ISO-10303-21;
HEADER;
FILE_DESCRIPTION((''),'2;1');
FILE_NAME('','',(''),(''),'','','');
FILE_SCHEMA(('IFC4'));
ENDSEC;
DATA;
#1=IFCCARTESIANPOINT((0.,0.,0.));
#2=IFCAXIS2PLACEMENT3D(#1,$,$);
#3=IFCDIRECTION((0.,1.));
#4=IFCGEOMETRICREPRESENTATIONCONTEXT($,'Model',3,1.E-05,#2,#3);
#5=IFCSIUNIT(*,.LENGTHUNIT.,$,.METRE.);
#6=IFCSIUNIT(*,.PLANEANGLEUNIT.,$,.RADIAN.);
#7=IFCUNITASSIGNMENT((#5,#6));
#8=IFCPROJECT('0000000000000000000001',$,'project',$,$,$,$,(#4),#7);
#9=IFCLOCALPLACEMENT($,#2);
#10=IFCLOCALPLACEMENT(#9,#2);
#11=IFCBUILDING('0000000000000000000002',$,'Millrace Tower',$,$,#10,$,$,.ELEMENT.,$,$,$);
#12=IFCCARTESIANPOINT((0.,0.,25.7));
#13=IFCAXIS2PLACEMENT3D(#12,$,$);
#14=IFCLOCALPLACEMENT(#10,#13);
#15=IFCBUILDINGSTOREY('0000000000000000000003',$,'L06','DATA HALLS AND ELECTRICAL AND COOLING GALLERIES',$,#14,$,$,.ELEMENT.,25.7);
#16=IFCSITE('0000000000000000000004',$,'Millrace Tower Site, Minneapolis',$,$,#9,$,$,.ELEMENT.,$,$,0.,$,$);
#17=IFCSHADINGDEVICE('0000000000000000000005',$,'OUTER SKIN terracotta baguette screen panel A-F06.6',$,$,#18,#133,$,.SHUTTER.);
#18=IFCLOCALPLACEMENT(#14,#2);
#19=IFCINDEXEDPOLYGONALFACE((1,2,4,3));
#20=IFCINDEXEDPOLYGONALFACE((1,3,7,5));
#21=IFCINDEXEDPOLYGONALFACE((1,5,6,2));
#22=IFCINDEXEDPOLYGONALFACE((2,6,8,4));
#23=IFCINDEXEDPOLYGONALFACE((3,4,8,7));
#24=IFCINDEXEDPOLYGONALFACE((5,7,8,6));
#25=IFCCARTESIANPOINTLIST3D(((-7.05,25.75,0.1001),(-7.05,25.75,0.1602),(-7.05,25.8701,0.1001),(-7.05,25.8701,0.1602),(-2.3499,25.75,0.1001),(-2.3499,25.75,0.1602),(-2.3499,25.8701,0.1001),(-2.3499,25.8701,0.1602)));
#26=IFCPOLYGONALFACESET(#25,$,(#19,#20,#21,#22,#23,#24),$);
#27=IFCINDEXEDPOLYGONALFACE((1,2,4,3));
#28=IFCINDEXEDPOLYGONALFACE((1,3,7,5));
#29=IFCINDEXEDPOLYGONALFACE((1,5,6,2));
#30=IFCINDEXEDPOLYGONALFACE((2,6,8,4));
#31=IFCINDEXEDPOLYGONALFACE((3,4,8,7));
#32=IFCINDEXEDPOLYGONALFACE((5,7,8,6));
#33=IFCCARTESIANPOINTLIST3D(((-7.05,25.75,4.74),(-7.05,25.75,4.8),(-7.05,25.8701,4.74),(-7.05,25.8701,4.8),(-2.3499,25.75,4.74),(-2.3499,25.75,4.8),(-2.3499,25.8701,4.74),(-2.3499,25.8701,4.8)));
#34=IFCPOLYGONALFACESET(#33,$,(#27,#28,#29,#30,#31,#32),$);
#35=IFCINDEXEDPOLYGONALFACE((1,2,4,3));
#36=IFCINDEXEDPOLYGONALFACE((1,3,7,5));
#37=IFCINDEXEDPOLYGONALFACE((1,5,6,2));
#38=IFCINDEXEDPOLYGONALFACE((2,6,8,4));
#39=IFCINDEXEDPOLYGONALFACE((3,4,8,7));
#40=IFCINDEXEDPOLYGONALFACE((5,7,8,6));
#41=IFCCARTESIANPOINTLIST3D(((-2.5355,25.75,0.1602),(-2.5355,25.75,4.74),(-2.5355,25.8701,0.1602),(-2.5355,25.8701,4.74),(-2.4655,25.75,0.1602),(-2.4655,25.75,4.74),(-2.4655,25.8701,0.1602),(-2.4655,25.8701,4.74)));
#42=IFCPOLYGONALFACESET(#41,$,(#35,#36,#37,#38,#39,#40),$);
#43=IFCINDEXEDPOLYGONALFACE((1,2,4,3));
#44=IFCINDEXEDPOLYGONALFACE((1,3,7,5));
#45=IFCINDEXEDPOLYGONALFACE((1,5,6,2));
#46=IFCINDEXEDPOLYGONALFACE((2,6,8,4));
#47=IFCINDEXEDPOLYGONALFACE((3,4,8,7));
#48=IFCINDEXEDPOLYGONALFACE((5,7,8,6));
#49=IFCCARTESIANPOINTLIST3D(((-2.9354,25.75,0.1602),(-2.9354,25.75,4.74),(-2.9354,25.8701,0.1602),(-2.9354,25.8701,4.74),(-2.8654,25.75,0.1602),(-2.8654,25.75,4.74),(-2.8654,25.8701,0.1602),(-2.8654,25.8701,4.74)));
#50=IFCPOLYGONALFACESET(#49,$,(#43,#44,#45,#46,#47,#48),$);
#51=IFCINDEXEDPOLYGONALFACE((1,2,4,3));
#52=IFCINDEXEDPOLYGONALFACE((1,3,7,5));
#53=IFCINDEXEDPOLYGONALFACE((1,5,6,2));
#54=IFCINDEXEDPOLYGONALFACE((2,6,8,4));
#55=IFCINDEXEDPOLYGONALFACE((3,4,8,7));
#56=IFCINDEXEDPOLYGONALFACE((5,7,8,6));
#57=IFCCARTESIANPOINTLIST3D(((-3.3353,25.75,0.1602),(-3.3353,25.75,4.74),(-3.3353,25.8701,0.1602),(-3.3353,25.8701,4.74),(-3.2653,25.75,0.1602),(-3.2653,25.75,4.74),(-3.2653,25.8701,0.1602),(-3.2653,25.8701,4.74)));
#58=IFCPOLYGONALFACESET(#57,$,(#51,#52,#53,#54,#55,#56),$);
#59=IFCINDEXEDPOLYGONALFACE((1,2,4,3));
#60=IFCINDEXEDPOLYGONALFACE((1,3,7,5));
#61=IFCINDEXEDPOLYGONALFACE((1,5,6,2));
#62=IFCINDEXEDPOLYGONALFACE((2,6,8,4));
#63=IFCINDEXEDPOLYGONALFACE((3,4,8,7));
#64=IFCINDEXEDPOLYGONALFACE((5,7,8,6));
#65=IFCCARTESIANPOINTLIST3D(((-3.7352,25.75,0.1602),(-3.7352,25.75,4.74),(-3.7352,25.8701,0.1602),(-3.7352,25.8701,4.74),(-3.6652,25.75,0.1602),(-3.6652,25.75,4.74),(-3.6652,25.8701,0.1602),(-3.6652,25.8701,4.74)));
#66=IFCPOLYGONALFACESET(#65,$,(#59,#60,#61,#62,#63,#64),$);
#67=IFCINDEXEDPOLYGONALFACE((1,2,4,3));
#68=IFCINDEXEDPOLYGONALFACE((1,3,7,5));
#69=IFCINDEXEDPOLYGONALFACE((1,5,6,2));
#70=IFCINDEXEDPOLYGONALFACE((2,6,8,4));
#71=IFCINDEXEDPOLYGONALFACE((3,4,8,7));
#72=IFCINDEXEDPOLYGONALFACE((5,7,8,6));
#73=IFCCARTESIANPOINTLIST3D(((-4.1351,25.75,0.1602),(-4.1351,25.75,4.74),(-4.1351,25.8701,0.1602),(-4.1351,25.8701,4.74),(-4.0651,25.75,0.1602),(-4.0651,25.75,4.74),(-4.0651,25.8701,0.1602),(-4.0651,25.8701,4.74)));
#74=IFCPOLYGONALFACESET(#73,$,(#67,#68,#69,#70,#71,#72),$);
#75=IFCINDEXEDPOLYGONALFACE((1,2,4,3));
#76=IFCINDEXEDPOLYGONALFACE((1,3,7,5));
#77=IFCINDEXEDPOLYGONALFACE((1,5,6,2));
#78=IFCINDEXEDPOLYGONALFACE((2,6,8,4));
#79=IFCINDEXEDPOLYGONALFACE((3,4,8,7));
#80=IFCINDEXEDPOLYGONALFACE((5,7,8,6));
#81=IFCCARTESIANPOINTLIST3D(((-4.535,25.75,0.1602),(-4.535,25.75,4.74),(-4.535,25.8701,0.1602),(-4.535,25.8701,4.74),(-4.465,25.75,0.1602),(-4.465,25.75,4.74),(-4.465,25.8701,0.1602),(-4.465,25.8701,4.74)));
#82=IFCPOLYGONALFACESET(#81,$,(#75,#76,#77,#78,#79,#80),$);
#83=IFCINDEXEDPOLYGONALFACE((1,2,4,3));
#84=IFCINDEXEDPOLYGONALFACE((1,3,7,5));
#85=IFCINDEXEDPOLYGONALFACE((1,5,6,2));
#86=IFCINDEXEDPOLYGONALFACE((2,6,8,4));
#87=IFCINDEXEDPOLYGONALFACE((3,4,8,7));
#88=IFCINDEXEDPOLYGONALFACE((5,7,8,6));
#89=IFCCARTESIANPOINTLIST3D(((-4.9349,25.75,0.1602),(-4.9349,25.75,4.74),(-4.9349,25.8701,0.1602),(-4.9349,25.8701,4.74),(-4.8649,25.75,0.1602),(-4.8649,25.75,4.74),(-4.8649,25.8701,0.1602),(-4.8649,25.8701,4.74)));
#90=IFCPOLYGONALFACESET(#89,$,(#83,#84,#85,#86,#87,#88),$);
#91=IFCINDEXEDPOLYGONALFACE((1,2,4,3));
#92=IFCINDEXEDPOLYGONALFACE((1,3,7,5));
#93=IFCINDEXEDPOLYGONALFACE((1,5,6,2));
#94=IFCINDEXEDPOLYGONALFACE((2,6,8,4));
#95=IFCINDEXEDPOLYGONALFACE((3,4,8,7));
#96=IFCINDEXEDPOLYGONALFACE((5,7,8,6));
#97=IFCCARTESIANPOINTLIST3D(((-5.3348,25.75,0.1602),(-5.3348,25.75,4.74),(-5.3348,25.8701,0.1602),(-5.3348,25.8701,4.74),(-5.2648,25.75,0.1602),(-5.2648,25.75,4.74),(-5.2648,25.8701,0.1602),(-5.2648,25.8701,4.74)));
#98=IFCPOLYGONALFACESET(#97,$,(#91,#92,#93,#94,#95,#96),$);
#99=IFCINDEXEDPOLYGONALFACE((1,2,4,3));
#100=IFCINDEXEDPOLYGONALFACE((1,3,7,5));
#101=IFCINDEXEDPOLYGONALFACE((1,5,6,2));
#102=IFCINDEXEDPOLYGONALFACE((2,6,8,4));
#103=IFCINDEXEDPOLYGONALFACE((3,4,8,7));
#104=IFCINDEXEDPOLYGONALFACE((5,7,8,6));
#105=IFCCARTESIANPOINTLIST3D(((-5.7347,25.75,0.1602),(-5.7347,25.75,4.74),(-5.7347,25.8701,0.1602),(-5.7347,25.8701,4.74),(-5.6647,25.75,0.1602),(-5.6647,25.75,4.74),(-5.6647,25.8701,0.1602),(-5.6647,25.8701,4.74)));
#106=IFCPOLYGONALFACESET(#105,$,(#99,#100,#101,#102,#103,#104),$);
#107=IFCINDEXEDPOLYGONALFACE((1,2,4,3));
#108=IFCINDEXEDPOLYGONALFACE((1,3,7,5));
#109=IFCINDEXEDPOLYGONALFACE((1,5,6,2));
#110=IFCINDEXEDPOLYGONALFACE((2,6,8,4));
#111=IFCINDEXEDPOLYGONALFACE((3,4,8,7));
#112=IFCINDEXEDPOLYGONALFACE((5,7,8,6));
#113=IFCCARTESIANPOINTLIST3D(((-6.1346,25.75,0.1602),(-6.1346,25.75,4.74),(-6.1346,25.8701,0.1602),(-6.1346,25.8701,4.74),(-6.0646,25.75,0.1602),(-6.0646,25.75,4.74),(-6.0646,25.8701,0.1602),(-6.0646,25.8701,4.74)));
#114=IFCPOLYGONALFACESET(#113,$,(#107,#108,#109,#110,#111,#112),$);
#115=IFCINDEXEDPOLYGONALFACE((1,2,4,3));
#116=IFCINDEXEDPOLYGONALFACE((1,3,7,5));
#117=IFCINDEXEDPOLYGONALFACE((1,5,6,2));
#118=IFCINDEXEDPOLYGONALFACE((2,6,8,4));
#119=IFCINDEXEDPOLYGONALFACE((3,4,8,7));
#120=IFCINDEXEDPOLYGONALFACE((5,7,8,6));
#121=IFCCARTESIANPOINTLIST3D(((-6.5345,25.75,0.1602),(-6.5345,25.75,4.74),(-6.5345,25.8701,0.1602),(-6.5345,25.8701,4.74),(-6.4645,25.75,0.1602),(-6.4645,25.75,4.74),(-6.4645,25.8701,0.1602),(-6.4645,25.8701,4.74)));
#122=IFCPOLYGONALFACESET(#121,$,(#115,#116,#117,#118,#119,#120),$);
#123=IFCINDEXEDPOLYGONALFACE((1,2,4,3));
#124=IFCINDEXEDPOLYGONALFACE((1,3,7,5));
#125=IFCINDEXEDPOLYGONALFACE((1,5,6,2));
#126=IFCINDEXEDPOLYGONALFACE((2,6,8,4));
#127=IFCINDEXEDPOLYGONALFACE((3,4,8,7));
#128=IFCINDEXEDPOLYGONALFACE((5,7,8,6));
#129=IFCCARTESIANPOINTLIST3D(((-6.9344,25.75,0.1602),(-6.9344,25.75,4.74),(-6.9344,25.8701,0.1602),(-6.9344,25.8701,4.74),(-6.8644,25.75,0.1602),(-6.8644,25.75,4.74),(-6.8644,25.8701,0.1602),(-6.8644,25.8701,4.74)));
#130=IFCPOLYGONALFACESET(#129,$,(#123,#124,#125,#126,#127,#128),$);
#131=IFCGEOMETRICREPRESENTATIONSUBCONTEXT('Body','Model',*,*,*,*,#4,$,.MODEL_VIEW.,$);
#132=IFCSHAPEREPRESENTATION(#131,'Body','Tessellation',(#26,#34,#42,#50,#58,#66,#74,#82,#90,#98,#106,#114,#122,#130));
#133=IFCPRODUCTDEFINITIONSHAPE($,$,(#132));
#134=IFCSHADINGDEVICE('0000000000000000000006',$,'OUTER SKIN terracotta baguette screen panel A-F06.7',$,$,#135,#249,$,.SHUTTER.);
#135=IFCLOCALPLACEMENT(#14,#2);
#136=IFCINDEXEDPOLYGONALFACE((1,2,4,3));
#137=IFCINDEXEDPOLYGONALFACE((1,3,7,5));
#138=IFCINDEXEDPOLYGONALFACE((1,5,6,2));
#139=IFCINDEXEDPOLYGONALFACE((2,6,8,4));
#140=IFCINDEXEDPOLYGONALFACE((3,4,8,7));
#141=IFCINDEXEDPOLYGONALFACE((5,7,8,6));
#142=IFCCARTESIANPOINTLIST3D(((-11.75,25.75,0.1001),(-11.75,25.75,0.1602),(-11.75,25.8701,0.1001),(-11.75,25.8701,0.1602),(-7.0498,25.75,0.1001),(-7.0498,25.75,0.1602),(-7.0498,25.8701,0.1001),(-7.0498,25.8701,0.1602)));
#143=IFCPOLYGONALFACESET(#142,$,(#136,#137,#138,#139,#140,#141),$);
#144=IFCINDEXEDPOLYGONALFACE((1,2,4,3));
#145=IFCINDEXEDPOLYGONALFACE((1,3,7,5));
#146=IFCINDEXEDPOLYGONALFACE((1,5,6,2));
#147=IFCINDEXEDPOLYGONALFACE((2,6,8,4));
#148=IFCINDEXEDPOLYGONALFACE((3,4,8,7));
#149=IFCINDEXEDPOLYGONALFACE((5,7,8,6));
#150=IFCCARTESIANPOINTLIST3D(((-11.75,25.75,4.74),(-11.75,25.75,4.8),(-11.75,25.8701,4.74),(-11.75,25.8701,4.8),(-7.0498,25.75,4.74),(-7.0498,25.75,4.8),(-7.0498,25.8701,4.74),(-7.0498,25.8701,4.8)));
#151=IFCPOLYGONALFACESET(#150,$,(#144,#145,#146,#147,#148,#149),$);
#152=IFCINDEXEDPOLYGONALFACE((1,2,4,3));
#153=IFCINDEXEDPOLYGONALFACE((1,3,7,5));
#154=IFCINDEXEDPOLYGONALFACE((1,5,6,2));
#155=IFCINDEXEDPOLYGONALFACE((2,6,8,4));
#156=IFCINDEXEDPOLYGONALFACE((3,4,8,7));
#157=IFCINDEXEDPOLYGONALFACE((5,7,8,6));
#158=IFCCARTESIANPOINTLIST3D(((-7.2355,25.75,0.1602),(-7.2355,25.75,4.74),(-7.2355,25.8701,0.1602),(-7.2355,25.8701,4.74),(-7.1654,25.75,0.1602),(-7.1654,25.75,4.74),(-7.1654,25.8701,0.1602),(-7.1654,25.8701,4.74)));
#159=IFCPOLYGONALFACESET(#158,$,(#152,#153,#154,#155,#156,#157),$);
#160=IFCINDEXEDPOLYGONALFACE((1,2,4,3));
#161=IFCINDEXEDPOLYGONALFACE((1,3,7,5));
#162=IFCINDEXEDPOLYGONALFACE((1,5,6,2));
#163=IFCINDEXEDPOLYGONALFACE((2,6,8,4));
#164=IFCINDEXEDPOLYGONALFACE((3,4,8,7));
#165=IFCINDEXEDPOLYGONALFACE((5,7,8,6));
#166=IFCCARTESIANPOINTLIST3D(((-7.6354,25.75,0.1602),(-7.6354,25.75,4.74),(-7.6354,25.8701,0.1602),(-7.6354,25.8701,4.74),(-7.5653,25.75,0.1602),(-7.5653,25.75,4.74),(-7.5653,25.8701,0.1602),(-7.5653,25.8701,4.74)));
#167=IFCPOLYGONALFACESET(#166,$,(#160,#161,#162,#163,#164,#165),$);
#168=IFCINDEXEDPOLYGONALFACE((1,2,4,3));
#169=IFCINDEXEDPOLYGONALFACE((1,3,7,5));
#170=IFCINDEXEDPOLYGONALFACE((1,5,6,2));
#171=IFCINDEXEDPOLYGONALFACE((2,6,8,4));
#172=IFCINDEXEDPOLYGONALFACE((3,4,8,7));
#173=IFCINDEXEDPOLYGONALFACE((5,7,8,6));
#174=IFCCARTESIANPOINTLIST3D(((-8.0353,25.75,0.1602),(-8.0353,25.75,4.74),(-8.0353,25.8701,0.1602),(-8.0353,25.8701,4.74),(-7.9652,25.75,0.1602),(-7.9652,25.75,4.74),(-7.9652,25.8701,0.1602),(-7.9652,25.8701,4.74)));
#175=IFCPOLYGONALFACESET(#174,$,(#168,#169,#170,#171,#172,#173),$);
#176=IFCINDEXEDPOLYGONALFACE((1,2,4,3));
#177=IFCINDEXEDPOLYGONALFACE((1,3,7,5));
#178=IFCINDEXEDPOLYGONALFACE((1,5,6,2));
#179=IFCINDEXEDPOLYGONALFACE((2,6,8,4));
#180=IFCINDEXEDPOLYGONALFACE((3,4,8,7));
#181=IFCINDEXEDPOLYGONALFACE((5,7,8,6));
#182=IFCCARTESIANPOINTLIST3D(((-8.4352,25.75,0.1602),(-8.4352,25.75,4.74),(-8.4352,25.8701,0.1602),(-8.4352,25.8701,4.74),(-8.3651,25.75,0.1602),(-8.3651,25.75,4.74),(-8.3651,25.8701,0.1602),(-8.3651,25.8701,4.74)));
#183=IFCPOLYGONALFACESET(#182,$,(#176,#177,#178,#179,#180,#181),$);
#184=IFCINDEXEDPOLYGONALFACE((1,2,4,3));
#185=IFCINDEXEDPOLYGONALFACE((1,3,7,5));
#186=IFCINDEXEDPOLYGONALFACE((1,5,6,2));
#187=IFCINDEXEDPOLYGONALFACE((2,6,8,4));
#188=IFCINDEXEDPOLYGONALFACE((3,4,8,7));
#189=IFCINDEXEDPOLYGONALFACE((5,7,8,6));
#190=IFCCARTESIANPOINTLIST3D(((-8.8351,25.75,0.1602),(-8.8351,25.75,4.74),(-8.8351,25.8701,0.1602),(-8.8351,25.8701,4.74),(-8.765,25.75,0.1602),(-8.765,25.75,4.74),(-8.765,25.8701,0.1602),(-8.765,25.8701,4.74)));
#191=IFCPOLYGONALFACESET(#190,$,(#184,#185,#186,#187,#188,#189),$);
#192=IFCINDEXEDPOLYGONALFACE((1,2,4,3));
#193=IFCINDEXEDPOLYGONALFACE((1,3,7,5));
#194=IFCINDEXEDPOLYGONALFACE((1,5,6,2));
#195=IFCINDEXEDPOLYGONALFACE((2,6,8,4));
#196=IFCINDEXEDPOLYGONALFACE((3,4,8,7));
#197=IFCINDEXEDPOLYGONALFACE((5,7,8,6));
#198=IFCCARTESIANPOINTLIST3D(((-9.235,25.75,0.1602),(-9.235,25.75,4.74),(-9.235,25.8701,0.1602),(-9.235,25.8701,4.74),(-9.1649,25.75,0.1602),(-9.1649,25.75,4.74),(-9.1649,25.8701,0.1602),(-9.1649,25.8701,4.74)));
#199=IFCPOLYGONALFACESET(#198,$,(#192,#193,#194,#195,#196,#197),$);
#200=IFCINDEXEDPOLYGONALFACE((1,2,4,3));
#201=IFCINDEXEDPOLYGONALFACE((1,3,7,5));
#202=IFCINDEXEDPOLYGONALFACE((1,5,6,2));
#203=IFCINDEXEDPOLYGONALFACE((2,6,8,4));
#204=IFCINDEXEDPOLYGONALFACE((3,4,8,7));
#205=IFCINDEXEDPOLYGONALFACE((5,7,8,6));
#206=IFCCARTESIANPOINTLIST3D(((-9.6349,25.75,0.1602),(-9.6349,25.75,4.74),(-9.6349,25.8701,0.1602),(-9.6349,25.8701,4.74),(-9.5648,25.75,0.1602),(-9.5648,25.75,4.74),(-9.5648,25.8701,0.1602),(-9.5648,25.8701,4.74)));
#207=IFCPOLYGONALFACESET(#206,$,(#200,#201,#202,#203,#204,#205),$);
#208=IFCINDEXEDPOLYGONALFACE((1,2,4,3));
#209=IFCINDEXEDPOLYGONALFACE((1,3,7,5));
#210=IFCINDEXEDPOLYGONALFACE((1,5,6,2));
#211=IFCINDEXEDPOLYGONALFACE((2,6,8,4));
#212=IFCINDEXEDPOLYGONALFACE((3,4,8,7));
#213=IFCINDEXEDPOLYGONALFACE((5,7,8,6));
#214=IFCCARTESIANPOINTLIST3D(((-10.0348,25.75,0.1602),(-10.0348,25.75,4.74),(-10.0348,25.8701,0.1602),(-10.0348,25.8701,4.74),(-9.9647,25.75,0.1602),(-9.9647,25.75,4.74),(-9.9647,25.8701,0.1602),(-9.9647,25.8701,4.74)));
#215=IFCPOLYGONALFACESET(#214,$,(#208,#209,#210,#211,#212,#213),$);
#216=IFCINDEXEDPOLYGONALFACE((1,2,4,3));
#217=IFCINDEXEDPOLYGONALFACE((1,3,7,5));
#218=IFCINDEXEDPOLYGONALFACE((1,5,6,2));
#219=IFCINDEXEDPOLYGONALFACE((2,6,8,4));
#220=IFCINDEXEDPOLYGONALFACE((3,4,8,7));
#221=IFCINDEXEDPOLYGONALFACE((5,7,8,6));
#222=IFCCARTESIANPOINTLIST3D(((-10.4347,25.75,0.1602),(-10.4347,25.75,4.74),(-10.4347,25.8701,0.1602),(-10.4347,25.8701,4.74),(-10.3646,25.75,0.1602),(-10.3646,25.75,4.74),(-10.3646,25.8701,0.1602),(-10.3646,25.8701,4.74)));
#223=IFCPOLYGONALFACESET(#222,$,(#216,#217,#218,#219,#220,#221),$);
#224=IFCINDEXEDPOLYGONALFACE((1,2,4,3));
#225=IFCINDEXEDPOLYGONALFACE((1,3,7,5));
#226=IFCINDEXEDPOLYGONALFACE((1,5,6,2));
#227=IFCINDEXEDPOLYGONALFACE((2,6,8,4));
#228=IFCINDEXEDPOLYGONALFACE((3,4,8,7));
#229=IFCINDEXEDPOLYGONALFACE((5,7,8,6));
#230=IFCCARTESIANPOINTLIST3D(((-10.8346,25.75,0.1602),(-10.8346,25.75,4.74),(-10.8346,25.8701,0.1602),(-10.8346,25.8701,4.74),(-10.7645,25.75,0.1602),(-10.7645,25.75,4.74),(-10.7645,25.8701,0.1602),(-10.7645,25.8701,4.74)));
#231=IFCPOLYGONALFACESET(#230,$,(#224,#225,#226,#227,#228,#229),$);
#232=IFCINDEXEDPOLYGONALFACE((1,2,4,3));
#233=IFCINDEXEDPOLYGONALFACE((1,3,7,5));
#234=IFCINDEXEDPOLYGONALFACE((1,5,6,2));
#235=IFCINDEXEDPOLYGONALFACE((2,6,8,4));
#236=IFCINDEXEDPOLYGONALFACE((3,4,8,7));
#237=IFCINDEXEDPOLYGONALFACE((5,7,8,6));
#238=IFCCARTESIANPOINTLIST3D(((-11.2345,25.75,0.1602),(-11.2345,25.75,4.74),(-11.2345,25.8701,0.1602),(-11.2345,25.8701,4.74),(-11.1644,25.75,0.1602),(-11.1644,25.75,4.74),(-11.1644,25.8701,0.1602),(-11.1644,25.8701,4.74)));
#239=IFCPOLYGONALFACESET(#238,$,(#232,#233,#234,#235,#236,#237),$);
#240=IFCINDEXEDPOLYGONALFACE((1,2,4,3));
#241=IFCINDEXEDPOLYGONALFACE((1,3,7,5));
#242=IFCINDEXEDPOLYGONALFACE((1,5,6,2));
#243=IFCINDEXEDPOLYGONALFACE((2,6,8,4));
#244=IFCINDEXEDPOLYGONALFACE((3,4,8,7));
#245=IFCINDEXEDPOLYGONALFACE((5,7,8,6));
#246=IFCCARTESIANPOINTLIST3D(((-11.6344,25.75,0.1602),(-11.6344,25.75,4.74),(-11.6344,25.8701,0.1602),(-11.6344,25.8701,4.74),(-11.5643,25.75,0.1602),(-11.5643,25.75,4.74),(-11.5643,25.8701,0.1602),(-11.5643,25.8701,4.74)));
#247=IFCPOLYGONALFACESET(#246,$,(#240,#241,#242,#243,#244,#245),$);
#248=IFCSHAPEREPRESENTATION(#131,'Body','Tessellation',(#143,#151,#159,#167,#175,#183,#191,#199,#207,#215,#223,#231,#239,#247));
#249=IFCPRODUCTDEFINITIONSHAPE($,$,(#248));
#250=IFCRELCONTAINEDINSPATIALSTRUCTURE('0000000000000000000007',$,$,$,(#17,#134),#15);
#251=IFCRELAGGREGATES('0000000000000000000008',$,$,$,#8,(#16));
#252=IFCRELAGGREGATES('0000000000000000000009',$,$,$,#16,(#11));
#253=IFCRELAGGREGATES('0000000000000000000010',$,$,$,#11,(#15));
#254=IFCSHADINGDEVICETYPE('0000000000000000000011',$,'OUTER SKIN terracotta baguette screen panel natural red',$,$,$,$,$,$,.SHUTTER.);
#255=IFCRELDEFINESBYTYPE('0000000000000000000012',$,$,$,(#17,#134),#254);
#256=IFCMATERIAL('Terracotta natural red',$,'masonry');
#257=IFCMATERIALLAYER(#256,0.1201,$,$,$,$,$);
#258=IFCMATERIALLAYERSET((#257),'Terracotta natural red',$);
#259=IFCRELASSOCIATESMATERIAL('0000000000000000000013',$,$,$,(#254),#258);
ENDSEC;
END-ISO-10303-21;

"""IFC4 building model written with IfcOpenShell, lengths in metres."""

from ifc_helpers import new_model, entity, si_unit, direction, frame, frame_2d, origin, place, context, subcontext, project, spatial, rectangle, extrude, source, transform, mapped, material, layer, layer_set, type_object, element, save


model = new_model("IFC4")

# Units and contexts
model_context = context("Model", 3, precision=1e-05, world=origin(), true_north=direction((0.0, 1.0)))
body_context = subcontext(model_context, "Body", "Model", "MODEL_VIEW")
ifc_project = project(units=[si_unit("LENGTHUNIT", "METRE"), si_unit("PLANEANGLEUNIT", "RADIAN")], contexts=[model_context])

# Site, building, storey
site_placement = place(None, origin())
site = spatial("IfcSite", under=ifc_project, at=site_placement, Name="Millrace Tower Site, Minneapolis", CompositionType="ELEMENT", RefElevation=0.0)
building_placement = place(site_placement, origin())
building = spatial("IfcBuilding", under=site, at=building_placement, Name="Millrace Tower", CompositionType="ELEMENT")
storey_placement = place(building_placement, frame((0.0, 0.0, 25.7)))
storey = spatial("IfcBuildingStorey", under=building, at=storey_placement, Name="L06", Description="DATA HALLS AND ELECTRICAL AND COOLING GALLERIES", CompositionType="ELEMENT", Elevation=25.7)

# Shading devices
ifc_material_1 = material(Name="Terracotta natural red", Category="masonry")
ifc_layer_1 = layer(ifc_material_1, 0.1201)
ifc_layer_set_1 = layer_set([ifc_layer_1], Name="Terracotta natural red")
shading_device_type = type_object("IfcShadingDeviceType", Name="OUTER SKIN terracotta baguette screen panel natural red", PredefinedType="SHUTTER", material=ifc_layer_set_1)
cartesian_point = entity("IfcCartesianPoint", [-2.3501, 0.0601])
shared_polyline = entity("IfcPolyline", [cartesian_point, entity("IfcCartesianPoint", [2.3501, 0.0601]), entity("IfcCartesianPoint", [2.3501, -0.0601]), entity("IfcCartesianPoint", [-2.3501, -0.0601]), cartesian_point])
shared_shape = source(origin(), body_context, "Body", "SweptSolid", [
    entity("IfcExtrudedAreaSolid", entity("IfcArbitraryClosedProfileDef", "AREA", None, shared_polyline), entity("IfcAxis2Placement3D", entity("IfcCartesianPoint", [0.0, 0.0, 0.0])), entity("IfcDirection", [0.0, 0.0, 1.0]), 0.0601),
    entity("IfcExtrudedAreaSolid", entity("IfcArbitraryClosedProfileDef", "AREA", None, shared_polyline), entity("IfcAxis2Placement3D", entity("IfcCartesianPoint", [0.0, 0.0, 4.6399])), entity("IfcDirection", [0.0, 0.0, 1.0]), 0.0601),
    extrude(rectangle(XDim=0.0701, YDim=0.1201, at=frame_2d((-2.1995, 0.0))), frame((0.0, 0.0, 0.0601)), (0.0, 0.0, 1.0), 4.5798),
    extrude(rectangle(XDim=0.0701, YDim=0.1201, at=frame_2d((-1.7996, 0.0))), frame((0.0, 0.0, 0.0601)), (0.0, 0.0, 1.0), 4.5798),
    extrude(rectangle(XDim=0.0701, YDim=0.1201, at=frame_2d((-1.3997, 0.0))), frame((0.0, 0.0, 0.0601)), (0.0, 0.0, 1.0), 4.5798),
    extrude(rectangle(XDim=0.0701, YDim=0.1201, at=frame_2d((-0.9998, 0.0))), frame((0.0, 0.0, 0.0601)), (0.0, 0.0, 1.0), 4.5798),
    extrude(rectangle(XDim=0.0701, YDim=0.1201, at=frame_2d((-0.5999, 0.0))), frame((0.0, 0.0, 0.0601)), (0.0, 0.0, 1.0), 4.5798),
    extrude(rectangle(XDim=0.0701, YDim=0.1201, at=frame_2d((-0.2, 0.0))), frame((0.0, 0.0, 0.0601)), (0.0, 0.0, 1.0), 4.5798),
    extrude(rectangle(XDim=0.0701, YDim=0.1201, at=frame_2d((0.2, 0.0))), frame((0.0, 0.0, 0.0601)), (0.0, 0.0, 1.0), 4.5798),
    extrude(rectangle(XDim=0.0701, YDim=0.1201, at=frame_2d((0.5999, 0.0))), frame((0.0, 0.0, 0.0601)), (0.0, 0.0, 1.0), 4.5798),
    extrude(rectangle(XDim=0.0701, YDim=0.1201, at=frame_2d((0.9998, 0.0))), frame((0.0, 0.0, 0.0601)), (0.0, 0.0, 1.0), 4.5798),
    extrude(rectangle(XDim=0.0701, YDim=0.1201, at=frame_2d((1.3997, 0.0))), frame((0.0, 0.0, 0.0601)), (0.0, 0.0, 1.0), 4.5798),
    extrude(rectangle(XDim=0.0701, YDim=0.1201, at=frame_2d((1.7996, 0.0))), frame((0.0, 0.0, 0.0601)), (0.0, 0.0, 1.0), 4.5798),
    extrude(rectangle(XDim=0.0701, YDim=0.1201, at=frame_2d((2.1995, 0.0))), frame((0.0, 0.0, 0.0601)), (0.0, 0.0, 1.0), 4.5798),
])
for number, where, z_axis, x_axis, name in (
    (1, (-4.7, 25.8101, 0.1001), (0.0, 0.0, 1.0), (-1.0, 0.0, 0.0), "OUTER SKIN terracotta baguette screen panel A-F06.6"),
    (2, (-9.3999, 25.8101, 0.1001), (0.0, 0.0, 1.0), (-1.0, 0.0, 0.0), "OUTER SKIN terracotta baguette screen panel A-F06.7"),
):
    element("IfcShadingDevice", number, at=place(storey_placement, frame(where, z_axis=z_axis, x_axis=x_axis)), inside=storey, type_object=shading_device_type, Name=name, PredefinedType="SHUTTER", context=body_context, shape_type="MappedRepresentation", body=[
        mapped(shared_shape, transform((0.0, 0.0, 0.0), scale=1.0)),
    ])

save(model, "model.ifc")
